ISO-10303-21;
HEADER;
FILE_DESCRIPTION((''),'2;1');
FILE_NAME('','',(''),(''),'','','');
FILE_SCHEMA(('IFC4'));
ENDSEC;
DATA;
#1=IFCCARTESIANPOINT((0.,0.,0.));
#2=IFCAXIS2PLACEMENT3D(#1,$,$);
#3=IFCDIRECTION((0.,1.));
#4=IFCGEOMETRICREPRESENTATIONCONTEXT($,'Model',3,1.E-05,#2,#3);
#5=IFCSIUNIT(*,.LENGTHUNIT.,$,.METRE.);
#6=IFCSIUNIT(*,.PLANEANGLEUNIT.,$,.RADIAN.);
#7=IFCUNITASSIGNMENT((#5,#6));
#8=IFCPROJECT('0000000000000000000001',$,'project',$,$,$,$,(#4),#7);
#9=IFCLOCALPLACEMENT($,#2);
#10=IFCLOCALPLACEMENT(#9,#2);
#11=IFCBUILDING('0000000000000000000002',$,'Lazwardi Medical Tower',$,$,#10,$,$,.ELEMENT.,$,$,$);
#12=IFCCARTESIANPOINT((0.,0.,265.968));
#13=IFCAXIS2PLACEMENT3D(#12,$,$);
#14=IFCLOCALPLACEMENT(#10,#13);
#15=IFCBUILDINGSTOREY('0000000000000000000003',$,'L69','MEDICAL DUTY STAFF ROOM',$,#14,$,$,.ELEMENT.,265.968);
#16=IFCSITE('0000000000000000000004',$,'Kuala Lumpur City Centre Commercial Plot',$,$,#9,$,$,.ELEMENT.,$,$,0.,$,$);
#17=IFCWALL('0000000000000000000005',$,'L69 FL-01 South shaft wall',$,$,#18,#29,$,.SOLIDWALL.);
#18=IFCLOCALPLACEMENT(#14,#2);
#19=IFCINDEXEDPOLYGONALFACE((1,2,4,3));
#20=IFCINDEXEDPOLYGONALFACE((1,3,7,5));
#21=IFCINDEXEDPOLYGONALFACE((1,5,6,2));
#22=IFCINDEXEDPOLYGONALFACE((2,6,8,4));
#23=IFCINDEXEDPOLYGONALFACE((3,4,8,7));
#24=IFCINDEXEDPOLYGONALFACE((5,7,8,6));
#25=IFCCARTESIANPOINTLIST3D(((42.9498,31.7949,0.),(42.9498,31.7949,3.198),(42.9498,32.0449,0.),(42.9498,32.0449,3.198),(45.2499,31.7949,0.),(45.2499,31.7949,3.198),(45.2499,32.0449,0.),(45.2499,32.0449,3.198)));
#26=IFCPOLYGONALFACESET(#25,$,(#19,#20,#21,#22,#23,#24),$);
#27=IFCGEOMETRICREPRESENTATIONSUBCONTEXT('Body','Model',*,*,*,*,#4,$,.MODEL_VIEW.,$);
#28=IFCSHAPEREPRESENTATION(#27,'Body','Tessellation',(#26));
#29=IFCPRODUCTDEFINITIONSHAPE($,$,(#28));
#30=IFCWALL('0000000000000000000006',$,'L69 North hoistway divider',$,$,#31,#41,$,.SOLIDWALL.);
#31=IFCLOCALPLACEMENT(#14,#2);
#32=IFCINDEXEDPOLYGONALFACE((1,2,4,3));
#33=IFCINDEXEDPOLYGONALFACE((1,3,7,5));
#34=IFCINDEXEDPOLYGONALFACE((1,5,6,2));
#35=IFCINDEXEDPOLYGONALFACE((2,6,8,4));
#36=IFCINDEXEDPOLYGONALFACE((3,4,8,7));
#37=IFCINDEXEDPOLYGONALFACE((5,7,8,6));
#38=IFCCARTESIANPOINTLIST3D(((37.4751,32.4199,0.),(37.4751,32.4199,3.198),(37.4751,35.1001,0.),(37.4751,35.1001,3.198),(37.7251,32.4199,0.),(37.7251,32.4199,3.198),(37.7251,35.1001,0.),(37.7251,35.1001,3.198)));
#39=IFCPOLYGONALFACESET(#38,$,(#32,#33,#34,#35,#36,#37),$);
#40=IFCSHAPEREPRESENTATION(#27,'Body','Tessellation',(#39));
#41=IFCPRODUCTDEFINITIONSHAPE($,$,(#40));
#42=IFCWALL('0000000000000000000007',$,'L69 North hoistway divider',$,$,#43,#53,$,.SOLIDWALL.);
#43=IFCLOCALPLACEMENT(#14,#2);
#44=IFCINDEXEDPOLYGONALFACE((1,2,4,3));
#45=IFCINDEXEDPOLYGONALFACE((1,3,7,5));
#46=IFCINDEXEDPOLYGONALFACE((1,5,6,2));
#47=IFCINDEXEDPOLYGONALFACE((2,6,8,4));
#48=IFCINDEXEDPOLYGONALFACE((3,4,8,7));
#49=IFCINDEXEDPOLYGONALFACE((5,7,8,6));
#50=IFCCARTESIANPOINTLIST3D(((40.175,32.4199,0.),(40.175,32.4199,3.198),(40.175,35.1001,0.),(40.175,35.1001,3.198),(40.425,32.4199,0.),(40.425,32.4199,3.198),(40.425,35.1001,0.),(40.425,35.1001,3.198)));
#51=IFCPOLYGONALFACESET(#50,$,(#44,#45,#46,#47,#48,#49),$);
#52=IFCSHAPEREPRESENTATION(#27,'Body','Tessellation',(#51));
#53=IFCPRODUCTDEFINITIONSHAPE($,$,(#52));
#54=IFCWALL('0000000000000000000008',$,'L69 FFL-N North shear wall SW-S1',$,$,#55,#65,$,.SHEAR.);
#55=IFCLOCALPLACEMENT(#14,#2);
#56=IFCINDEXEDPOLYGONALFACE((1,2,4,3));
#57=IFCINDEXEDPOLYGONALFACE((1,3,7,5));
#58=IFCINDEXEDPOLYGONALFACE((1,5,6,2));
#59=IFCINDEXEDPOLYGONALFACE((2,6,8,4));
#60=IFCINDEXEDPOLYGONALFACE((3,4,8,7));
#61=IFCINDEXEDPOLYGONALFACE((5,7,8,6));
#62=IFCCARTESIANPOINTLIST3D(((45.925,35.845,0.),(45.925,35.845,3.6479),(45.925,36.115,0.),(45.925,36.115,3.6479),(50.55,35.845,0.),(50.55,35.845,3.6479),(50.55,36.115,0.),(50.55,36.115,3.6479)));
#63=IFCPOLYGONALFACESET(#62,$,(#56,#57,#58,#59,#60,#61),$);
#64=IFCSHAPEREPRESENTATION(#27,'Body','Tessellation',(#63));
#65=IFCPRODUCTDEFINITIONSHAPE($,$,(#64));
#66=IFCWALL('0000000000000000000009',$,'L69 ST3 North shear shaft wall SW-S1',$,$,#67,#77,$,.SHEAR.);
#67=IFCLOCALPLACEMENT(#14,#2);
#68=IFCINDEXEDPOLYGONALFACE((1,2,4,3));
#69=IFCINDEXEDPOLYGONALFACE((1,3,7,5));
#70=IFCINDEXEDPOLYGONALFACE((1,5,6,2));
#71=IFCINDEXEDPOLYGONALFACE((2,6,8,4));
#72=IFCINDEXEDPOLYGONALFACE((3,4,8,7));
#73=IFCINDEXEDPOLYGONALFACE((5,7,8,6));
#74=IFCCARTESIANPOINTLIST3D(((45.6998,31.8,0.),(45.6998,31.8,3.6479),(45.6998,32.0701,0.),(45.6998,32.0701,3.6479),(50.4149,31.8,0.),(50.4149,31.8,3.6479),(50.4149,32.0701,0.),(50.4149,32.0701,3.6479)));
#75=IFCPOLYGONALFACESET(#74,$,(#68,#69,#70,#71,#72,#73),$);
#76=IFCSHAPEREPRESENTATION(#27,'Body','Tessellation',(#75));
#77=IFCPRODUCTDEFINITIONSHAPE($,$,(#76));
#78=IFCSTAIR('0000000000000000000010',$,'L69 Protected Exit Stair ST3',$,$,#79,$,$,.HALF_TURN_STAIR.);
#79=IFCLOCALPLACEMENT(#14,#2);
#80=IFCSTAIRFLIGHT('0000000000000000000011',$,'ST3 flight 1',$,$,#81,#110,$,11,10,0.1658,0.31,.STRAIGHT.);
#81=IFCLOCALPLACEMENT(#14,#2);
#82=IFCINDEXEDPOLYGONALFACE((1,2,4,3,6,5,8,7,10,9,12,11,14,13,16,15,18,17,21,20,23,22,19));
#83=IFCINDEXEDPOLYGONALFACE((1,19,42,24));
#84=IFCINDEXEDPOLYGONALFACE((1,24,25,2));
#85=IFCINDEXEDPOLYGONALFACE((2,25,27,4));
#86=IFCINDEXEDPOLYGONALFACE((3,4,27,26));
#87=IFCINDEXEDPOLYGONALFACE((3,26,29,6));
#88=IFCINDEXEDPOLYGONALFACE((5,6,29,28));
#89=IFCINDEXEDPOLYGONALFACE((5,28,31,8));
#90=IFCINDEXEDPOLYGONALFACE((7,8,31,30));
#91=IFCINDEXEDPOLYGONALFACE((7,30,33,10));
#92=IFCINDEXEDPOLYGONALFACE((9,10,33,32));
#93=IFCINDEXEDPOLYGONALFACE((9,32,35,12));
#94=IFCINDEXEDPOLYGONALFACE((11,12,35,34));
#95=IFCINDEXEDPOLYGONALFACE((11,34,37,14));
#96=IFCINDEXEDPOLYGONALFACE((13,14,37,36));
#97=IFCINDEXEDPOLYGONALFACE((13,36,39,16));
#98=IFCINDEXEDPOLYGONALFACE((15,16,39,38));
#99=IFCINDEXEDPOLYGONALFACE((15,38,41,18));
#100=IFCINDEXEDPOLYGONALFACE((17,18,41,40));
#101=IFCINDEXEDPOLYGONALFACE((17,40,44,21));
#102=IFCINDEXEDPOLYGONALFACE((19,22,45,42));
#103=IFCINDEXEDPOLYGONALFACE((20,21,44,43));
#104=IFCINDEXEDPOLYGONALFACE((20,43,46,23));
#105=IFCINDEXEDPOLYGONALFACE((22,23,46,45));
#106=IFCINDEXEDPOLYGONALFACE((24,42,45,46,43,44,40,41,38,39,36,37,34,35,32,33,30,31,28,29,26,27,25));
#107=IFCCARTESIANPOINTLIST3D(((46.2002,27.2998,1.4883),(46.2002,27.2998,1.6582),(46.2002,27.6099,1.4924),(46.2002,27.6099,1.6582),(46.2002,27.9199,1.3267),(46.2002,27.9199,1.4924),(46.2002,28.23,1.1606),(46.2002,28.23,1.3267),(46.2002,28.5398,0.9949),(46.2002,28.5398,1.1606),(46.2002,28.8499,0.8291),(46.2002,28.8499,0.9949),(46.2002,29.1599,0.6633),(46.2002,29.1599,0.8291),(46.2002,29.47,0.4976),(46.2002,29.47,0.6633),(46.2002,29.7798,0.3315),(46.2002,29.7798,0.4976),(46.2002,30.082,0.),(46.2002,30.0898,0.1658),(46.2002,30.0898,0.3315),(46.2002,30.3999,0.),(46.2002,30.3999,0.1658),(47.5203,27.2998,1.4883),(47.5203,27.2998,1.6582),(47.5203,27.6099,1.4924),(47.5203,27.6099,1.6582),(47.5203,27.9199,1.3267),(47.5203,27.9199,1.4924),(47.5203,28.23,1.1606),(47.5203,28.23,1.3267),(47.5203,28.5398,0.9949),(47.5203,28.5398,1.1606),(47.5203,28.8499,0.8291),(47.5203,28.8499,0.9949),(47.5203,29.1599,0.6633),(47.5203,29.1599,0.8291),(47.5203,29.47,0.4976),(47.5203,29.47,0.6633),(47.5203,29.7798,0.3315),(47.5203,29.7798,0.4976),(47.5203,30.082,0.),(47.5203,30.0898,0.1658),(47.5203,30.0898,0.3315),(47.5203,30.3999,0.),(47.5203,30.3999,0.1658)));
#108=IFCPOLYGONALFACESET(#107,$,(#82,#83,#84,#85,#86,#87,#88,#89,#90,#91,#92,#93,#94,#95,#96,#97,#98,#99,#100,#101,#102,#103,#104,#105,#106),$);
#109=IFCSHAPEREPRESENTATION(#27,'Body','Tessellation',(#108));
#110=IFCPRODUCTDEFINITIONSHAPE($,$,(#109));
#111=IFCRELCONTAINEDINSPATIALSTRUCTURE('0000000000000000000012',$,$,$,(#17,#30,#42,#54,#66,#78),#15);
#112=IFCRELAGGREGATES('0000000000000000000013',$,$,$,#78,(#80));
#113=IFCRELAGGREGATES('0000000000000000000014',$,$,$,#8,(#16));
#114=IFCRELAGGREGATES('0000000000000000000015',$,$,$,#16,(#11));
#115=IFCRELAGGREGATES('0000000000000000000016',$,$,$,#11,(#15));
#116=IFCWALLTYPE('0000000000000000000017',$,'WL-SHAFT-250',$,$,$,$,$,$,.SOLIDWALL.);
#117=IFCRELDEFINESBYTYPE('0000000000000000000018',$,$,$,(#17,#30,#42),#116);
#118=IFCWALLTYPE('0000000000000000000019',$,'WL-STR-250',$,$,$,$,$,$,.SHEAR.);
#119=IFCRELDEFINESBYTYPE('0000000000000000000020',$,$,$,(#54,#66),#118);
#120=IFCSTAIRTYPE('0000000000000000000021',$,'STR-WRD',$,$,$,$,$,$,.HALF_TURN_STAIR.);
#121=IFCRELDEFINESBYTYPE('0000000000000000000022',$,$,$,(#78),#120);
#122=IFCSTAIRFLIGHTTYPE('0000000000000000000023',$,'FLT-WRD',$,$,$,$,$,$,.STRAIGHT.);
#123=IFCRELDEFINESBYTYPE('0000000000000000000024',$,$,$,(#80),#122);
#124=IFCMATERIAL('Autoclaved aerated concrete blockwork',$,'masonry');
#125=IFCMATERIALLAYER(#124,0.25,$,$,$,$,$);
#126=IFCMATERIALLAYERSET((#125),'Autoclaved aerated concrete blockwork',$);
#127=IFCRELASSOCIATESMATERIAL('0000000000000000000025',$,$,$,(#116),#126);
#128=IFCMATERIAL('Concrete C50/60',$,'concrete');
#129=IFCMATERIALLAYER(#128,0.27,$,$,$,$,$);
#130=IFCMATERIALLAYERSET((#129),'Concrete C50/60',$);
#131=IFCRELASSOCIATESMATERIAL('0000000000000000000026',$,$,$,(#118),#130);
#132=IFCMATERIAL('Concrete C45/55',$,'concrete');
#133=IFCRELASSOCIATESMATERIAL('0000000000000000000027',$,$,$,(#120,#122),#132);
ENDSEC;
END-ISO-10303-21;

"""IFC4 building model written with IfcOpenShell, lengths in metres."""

from ifc_helpers import new_model, si_unit, direction, frame, frame_2d, origin, place, context, subcontext, project, spatial, polyline, rectangle, outline, extrude, material, layer, layer_set, type_object, element, aggregate, save


model = new_model("IFC4")

# Units and contexts
model_context = context("Model", 3, precision=1e-05, world=origin(), true_north=direction((0.0, 1.0)))
body_context = subcontext(model_context, "Body", "Model", "MODEL_VIEW")
ifc_project = project(units=[si_unit("LENGTHUNIT", "METRE"), si_unit("PLANEANGLEUNIT", "RADIAN")], contexts=[model_context])

# Site, building, storey
site_placement = place(None, origin())
site = spatial("IfcSite", under=ifc_project, at=site_placement, Name="Kuala Lumpur City Centre Commercial Plot", CompositionType="ELEMENT", RefElevation=0.0)
building_placement = place(site_placement, origin())
building = spatial("IfcBuilding", under=site, at=building_placement, Name="Lazwardi Medical Tower", CompositionType="ELEMENT")
storey_placement = place(building_placement, frame((0.0, 0.0, 265.968)))
storey = spatial("IfcBuildingStorey", under=building, at=storey_placement, Name="L69", Description="MEDICAL DUTY STAFF ROOM", CompositionType="ELEMENT", Elevation=265.968)

# Walls
ifc_material_1 = material(Name="Autoclaved aerated concrete blockwork", Category="masonry")
ifc_layer_1 = layer(ifc_material_1, 0.25)
ifc_layer_set_1 = layer_set([ifc_layer_1], Name="Autoclaved aerated concrete blockwork")
wall_type_1 = type_object("IfcWallType", Name="WL-SHAFT-250", PredefinedType="SOLIDWALL", material=ifc_layer_set_1)
wall_1_placement = place(storey_placement, frame((42.95, 31.9199, 0.0), z_axis=(0.0, 0.0, 1.0), x_axis=(1.0, 0.0, 0.0)))
element("IfcWall", 1, at=wall_1_placement, inside=storey, type_object=wall_type_1, Name="L69 FL-01 South shaft wall", PredefinedType="SOLIDWALL", context=body_context, shape_type="SweptSolid", body=[
    extrude(rectangle(XDim=2.3, YDim=0.25, at=frame_2d((1.1499, 0.0))), origin(), (0.0, 0.0, 1.0), 3.198),
])
for number, where, z_axis, x_axis, name in (
    (2, (37.6001, 32.4199, 0.0), (0.0, 0.0, 1.0), (0.0, 1.0, 0.0), "L69 North hoistway divider"),
    (3, (40.3, 32.4199, 0.0), (0.0, 0.0, 1.0), (0.0, 1.0, 0.0), "L69 North hoistway divider"),
):
    element("IfcWall", number, at=place(storey_placement, frame(where, z_axis=z_axis, x_axis=x_axis)), inside=storey, type_object=wall_type_1, Name=name, PredefinedType="SOLIDWALL", context=body_context, shape_type="SweptSolid", body=[
        extrude(rectangle(XDim=2.6802, YDim=0.25, at=frame_2d((1.3401, 0.0))), origin(), (0.0, 0.0, 1.0), 3.198),
    ])

# Shared definitions
ifc_material_2 = material(Name="Concrete C50/60", Category="concrete")
ifc_layer_2 = layer(ifc_material_2, 0.27)
ifc_layer_set_2 = layer_set([ifc_layer_2], Name="Concrete C50/60")
wall_type_2 = type_object("IfcWallType", Name="WL-STR-250", PredefinedType="SHEAR", material=ifc_layer_set_2)

# Walls
wall_2_placement = place(storey_placement, frame((45.925, 35.98, 0.0), z_axis=(0.0, 0.0, 1.0), x_axis=(1.0, 0.0, 0.0)))
element("IfcWall", 4, at=wall_2_placement, inside=storey, type_object=wall_type_2, Name="L69 FFL-N North shear wall SW-S1", PredefinedType="SHEAR", context=body_context, shape_type="SweptSolid", body=[
    extrude(rectangle(XDim=4.625, YDim=0.27, at=frame_2d((2.3125, 0.0))), origin(), (0.0, 0.0, 1.0), 3.6479),
])
wall_3_placement = place(storey_placement, frame((45.7, 31.9351, 0.0), z_axis=(0.0, 0.0, 1.0), x_axis=(1.0, 0.0, 0.0)))
element("IfcWall", 5, at=wall_3_placement, inside=storey, type_object=wall_type_2, Name="L69 ST3 North shear shaft wall SW-S1", PredefinedType="SHEAR", context=body_context, shape_type="SweptSolid", body=[
    extrude(rectangle(XDim=4.7151, YDim=0.27, at=frame_2d((2.3574, 0.0))), origin(), (0.0, 0.0, 1.0), 3.6479),
])

# Stair, stair flight
ifc_material_3 = material(Name="Concrete C45/55", Category="concrete")
stair_type = type_object("IfcStairType", Name="STR-WRD", PredefinedType="HALF_TURN_STAIR", material=ifc_material_3)
stair_placement = place(storey_placement, origin())
stair = element("IfcStair", 6, at=stair_placement, inside=storey, type_object=stair_type, Name="L69 Protected Exit Stair ST3", PredefinedType="HALF_TURN_STAIR")
stair_flight_type = type_object("IfcStairFlightType", Name="FLT-WRD", PredefinedType="STRAIGHT", material=ifc_material_3)
stair_flight_placement = place(storey_placement, frame((46.8601, 30.3999, 0.0), z_axis=(0.0, 0.0, 1.0), x_axis=(0.0, -1.0, 0.0)))
stair_flight = element("IfcStairFlight", 7, at=stair_flight_placement, type_object=stair_flight_type, Name="ST3 flight 1", NumberOfRisers=11, NumberOfTreads=10, PredefinedType="STRAIGHT", RiserHeight=0.1658, TreadLength=0.31, context=body_context, shape_type="SweptSolid", body=[
    extrude(outline(polyline([(0.0, 0.0), (0.0, 0.1658), (0.3101, 0.1658), (0.3101, 0.3315), (0.6201, 0.3315), (0.6201, 0.4976), (0.9299, 0.4976), (0.9299, 0.6633), (1.24, 0.6633), (1.24, 0.8291), (1.55, 0.8291), (1.55, 0.9949), (1.8601, 0.9949), (1.8601, 1.1606), (2.1699, 1.1606), (2.1699, 1.3267), (2.48, 1.3267), (2.48, 1.4924), (2.79, 1.4924), (2.79, 1.6582), (3.1001, 1.6582), (3.1001, 1.824), (3.1001, 1.4883), (0.3179, 0.0), (0.0, 0.0)])), frame((0.0, 0.6602, 0.0), z_axis=(0.0, -1.0, 0.0), x_axis=(1.0, 0.0, 0.0)), (0.0, 0.0, 1.0), 1.3201),
])
aggregate(stair, [stair_flight])

save(model, "model.ifc")
